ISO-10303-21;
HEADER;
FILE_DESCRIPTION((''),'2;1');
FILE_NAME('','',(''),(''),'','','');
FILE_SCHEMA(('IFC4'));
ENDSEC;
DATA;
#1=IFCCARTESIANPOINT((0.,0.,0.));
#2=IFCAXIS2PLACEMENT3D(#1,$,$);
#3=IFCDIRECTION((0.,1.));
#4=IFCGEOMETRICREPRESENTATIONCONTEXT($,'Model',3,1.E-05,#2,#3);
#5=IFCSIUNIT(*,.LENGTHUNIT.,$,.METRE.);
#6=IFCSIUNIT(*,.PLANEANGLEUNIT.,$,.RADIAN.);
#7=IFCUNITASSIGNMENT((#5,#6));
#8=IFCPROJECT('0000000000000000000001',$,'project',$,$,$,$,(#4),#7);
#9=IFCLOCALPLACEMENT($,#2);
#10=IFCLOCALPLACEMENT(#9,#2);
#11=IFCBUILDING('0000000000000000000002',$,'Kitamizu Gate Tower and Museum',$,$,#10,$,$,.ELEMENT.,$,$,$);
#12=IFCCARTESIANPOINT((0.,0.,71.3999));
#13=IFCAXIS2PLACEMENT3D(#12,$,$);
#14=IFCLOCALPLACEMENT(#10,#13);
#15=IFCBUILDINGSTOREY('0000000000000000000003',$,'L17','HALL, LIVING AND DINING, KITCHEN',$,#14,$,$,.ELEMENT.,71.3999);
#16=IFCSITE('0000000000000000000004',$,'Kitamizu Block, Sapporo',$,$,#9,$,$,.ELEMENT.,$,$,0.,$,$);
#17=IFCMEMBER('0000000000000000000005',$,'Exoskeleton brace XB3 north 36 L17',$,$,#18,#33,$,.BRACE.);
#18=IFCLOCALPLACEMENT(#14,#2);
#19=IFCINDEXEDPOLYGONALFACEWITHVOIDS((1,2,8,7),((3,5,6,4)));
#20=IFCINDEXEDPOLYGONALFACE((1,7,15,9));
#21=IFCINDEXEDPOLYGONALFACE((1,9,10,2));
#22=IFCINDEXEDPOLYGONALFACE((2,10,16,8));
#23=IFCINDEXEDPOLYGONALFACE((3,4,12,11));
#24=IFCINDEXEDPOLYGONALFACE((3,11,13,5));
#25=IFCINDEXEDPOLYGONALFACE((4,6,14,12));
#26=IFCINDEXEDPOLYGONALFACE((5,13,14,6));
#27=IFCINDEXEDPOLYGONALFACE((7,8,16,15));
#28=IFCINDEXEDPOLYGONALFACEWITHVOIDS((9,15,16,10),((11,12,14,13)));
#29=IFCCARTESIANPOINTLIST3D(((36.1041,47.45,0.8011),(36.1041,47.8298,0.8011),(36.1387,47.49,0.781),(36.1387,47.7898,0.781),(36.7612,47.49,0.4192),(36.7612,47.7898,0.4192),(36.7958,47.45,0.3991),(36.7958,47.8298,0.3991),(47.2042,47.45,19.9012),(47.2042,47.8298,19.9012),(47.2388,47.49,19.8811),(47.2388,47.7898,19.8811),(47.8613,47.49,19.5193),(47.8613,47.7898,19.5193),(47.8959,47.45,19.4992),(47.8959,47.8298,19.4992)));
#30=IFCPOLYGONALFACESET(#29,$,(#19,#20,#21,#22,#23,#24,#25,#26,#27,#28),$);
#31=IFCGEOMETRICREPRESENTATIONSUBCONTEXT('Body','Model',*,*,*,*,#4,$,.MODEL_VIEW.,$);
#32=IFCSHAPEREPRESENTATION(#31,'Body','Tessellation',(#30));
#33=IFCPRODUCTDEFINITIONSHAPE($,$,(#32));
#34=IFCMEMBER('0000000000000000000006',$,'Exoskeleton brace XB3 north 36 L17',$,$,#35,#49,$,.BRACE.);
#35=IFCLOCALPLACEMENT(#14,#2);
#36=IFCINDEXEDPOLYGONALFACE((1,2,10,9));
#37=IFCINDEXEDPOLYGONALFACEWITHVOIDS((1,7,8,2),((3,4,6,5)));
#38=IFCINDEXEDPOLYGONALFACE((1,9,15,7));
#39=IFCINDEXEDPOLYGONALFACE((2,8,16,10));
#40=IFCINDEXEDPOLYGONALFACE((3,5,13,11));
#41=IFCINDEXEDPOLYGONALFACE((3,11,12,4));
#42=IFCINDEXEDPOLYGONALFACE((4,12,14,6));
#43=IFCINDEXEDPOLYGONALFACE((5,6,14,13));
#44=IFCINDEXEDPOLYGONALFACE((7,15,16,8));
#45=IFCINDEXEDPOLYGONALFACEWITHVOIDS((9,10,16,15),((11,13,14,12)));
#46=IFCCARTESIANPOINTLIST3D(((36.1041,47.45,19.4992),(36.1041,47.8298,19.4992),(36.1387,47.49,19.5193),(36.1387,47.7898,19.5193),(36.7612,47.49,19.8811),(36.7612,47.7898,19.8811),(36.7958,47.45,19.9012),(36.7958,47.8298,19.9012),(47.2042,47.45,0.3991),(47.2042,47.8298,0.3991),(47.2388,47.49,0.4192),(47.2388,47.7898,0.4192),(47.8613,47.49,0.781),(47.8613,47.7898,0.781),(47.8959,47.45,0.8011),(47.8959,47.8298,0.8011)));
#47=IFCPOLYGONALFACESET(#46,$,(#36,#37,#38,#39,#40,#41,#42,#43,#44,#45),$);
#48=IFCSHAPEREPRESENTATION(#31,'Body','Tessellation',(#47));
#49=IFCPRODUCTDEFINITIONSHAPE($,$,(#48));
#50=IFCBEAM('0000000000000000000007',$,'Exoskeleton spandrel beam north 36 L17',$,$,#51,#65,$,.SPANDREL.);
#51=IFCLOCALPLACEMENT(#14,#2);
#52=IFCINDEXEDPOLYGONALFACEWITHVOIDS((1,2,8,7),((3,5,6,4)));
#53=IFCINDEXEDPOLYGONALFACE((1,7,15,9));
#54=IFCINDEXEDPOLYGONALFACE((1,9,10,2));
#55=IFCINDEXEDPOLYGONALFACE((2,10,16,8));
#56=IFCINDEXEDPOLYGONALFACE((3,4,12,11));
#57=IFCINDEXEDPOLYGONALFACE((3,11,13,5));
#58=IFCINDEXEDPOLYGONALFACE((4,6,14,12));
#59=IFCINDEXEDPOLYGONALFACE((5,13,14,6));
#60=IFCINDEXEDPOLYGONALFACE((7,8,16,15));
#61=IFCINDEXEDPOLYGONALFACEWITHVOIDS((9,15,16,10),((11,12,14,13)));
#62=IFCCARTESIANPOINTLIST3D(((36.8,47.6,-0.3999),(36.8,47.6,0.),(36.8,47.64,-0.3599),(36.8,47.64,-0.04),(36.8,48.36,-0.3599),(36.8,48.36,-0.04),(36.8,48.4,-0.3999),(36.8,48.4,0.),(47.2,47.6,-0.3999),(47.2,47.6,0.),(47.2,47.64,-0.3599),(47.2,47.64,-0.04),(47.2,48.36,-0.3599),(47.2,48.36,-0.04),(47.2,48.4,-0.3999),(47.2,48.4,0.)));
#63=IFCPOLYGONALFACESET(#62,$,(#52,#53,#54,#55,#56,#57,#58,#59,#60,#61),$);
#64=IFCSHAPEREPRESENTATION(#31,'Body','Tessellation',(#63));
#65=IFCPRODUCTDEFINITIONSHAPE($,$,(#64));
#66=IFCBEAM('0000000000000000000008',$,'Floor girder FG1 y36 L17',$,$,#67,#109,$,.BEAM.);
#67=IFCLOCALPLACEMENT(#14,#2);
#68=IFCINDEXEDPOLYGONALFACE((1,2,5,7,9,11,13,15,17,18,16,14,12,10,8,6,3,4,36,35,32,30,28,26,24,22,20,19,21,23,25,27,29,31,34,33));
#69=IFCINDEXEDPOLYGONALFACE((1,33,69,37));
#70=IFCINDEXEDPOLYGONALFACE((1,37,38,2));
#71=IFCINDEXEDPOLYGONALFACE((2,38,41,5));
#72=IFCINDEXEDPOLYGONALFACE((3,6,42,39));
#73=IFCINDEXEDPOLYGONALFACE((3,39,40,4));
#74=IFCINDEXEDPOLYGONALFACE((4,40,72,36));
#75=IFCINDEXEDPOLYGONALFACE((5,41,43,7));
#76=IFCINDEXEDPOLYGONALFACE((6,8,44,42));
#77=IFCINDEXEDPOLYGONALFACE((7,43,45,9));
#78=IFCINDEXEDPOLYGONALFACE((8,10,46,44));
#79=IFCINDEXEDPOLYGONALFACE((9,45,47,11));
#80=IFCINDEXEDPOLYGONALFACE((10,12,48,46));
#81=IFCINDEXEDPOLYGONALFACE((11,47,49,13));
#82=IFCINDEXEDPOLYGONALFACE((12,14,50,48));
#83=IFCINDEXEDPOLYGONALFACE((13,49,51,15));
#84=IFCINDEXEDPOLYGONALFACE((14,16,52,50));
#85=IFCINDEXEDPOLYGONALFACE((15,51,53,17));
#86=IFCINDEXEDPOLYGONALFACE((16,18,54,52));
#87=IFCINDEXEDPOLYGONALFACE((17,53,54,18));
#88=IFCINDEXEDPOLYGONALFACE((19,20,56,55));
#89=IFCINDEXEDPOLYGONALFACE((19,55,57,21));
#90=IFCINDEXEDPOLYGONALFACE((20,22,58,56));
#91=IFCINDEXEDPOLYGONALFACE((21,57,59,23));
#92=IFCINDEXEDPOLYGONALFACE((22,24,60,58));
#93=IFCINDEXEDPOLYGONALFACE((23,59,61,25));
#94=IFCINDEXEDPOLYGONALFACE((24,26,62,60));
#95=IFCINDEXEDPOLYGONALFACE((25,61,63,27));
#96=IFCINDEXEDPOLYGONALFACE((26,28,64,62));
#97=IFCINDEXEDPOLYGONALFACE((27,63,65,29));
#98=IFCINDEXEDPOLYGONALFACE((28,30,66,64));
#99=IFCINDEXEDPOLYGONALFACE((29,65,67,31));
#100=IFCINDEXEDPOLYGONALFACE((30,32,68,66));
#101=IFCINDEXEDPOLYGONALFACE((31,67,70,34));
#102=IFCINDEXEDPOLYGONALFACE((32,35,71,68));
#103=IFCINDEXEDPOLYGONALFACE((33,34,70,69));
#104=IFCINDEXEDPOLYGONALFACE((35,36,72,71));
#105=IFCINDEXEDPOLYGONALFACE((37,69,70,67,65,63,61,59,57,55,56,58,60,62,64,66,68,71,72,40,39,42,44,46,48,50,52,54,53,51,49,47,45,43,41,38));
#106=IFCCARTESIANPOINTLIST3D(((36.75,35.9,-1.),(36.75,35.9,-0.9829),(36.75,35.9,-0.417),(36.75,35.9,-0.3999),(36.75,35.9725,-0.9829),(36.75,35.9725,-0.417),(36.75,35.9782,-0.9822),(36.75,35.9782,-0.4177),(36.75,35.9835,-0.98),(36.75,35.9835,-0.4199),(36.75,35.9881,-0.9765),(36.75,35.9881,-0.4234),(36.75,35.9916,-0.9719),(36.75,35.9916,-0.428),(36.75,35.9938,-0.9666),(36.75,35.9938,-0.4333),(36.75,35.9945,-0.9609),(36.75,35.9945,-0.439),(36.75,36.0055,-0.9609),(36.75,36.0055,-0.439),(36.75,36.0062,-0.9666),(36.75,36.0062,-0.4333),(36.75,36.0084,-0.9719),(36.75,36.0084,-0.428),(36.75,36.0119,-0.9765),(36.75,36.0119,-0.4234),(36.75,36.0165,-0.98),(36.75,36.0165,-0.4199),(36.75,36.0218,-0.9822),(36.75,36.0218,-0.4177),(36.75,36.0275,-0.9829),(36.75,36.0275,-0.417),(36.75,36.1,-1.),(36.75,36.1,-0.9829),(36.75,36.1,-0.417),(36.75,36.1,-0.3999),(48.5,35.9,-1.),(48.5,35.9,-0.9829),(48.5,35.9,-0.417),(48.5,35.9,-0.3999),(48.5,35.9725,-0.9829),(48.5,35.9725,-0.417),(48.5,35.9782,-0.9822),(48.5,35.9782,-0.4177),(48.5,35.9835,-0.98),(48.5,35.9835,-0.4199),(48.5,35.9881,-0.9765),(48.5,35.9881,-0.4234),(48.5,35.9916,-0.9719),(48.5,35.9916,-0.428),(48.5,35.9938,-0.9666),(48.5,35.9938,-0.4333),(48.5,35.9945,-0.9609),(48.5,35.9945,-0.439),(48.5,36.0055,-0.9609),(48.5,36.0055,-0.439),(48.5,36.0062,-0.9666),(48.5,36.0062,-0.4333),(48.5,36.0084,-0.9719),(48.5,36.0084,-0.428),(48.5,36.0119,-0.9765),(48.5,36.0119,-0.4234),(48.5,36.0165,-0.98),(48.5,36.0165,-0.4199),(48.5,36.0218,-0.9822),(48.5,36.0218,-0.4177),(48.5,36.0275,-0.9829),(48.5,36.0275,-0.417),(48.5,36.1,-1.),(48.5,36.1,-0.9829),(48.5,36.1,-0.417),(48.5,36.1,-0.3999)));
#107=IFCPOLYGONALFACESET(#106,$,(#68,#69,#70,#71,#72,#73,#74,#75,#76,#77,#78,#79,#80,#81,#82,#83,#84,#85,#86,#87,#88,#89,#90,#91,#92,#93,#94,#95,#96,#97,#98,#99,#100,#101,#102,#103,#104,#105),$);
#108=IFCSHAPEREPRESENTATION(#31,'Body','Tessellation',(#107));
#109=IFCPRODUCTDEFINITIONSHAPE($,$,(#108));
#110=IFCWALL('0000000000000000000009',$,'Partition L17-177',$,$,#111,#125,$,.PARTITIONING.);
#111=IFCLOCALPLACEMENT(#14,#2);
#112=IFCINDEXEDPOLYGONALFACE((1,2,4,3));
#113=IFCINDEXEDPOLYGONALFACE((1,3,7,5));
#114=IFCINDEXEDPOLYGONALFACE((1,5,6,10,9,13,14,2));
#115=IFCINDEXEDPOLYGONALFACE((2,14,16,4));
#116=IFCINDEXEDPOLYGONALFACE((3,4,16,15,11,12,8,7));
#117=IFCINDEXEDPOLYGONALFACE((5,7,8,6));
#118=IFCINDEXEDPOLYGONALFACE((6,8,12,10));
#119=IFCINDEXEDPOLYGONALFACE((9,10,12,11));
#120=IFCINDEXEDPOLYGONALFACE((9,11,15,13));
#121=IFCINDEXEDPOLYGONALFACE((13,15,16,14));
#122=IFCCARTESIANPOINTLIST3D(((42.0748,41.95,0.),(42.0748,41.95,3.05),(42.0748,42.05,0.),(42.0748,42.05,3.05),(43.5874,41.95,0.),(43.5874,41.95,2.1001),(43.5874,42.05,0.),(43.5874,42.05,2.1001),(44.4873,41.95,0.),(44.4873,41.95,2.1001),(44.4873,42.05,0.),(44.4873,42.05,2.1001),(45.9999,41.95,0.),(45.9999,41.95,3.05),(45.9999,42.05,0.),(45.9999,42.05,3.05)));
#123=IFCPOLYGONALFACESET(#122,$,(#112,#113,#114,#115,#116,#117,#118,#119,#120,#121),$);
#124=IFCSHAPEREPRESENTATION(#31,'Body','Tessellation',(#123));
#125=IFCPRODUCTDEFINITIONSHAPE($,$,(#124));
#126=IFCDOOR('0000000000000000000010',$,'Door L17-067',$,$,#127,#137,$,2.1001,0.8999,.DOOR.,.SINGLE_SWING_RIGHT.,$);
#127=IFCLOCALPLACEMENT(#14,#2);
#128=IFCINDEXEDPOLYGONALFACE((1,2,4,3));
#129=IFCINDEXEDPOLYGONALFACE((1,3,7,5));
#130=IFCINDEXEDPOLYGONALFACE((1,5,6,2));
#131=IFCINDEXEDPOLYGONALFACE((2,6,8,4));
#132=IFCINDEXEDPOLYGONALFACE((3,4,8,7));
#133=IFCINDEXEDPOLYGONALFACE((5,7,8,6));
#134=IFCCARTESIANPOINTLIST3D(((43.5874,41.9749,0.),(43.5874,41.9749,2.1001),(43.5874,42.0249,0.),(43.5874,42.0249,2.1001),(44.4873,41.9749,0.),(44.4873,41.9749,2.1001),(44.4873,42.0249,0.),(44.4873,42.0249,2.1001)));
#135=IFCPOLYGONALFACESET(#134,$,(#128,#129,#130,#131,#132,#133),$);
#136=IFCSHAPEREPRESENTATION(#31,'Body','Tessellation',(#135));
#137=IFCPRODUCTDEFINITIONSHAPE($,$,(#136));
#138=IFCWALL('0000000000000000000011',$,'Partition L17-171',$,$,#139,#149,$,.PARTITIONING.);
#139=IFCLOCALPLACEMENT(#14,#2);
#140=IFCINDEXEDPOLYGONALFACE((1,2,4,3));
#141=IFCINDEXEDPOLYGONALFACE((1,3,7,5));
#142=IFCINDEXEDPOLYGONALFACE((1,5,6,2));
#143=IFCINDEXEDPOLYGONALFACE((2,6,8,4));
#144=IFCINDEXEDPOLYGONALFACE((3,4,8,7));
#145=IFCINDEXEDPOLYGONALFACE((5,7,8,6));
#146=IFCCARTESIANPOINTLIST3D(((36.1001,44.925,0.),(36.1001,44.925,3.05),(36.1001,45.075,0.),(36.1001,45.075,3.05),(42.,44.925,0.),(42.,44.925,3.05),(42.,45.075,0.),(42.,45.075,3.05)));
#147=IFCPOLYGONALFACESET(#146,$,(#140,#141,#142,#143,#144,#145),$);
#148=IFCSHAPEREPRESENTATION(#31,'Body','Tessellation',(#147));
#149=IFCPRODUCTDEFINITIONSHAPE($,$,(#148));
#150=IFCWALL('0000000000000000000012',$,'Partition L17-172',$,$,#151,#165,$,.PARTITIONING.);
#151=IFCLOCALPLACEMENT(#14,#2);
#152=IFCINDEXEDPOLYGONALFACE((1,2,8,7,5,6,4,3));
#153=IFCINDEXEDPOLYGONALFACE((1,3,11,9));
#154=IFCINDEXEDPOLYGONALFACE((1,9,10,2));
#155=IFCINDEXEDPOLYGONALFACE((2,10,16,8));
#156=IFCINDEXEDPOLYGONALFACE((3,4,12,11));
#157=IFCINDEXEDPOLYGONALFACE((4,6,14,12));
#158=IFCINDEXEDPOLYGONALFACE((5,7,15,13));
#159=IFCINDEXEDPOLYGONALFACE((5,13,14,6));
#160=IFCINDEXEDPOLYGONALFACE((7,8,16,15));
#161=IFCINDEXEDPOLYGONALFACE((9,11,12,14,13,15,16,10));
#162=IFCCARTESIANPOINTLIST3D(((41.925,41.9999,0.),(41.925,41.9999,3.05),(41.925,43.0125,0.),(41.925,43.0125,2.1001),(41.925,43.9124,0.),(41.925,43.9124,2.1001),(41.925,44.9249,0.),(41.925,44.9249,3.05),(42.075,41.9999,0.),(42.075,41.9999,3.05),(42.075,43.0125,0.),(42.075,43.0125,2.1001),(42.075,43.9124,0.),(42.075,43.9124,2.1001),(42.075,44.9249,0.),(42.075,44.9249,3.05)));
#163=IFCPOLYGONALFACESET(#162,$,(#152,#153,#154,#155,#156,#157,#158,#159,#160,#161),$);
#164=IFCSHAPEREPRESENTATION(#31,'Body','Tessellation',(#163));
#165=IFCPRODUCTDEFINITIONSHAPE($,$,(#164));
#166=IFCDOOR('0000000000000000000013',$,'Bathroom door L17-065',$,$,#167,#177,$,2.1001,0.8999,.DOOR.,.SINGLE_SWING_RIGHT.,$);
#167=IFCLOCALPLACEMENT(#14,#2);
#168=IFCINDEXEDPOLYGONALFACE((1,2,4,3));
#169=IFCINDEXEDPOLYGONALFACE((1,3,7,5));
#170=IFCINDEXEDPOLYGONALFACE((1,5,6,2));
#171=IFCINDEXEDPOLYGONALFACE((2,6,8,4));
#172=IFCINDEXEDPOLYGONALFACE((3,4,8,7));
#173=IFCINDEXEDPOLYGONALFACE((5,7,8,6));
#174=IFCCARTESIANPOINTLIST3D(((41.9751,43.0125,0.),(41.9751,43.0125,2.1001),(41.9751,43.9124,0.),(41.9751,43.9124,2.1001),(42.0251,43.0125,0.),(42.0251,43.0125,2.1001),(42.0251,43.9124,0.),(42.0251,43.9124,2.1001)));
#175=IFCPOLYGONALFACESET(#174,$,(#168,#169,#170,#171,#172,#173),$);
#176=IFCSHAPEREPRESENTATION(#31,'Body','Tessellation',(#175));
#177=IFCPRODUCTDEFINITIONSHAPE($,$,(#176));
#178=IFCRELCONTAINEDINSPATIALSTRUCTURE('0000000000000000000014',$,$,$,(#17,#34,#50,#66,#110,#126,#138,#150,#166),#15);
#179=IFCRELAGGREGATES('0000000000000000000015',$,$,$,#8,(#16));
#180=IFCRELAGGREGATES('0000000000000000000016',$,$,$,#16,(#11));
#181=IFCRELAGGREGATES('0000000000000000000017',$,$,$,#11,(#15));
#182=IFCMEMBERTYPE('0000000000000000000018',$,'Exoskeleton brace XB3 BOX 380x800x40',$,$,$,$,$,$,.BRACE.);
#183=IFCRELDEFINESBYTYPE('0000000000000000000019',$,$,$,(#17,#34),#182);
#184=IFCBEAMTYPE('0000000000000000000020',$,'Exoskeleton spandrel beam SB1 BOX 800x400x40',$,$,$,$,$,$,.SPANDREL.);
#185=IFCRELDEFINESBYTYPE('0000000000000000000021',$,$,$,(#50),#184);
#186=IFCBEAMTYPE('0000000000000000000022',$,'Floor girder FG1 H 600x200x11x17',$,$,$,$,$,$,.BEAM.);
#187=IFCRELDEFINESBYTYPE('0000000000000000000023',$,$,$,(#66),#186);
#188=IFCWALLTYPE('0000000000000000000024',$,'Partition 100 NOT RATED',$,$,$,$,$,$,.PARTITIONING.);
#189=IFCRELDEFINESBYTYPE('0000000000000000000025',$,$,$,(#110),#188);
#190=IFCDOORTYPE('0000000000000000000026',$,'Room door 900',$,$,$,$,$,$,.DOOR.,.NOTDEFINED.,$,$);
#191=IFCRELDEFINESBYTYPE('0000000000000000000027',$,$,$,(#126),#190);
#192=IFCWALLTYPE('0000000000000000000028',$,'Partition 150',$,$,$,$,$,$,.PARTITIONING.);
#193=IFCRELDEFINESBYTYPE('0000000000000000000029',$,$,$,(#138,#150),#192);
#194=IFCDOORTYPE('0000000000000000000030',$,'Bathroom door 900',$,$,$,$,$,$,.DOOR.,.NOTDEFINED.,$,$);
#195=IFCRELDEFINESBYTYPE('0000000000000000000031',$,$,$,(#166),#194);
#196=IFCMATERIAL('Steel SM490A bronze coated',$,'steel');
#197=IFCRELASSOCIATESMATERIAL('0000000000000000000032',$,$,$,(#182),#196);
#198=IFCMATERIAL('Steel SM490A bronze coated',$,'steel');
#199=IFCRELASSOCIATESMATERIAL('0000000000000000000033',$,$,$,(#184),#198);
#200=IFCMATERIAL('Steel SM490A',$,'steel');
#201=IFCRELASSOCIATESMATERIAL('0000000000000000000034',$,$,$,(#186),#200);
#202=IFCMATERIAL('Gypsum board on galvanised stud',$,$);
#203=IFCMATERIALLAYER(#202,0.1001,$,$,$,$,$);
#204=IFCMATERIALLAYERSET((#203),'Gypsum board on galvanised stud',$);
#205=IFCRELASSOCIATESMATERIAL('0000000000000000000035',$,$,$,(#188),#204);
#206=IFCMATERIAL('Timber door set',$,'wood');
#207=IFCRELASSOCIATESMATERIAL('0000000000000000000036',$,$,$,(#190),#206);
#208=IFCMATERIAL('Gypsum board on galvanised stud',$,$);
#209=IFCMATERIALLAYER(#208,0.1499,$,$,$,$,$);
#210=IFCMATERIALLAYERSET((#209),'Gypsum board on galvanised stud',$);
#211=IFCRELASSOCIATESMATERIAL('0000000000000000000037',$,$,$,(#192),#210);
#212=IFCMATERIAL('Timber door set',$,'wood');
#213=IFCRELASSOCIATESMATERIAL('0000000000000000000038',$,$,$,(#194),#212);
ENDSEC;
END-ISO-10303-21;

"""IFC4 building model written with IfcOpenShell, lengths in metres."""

from ifc_helpers import new_model, si_unit, direction, frame, frame_2d, origin, origin_2d, place, context, subcontext, project, spatial, rectangle, hollow_rectangle, i_section, extrude, material, layer, layer_set, material_profile, profile_set, type_object, element, fill, save


model = new_model("IFC4")

# Units and contexts
model_context = context("Model", 3, precision=1e-05, world=origin(), true_north=direction((0.0, 1.0)))
body_context = subcontext(model_context, "Body", "Model", "MODEL_VIEW")
ifc_project = project(units=[si_unit("LENGTHUNIT", "METRE"), si_unit("PLANEANGLEUNIT", "RADIAN")], contexts=[model_context])

# Site, building, storey
site_placement = place(None, origin())
site = spatial("IfcSite", under=ifc_project, at=site_placement, Name="Kitamizu Block, Sapporo", CompositionType="ELEMENT", RefElevation=0.0)
building_placement = place(site_placement, origin())
building = spatial("IfcBuilding", under=site, at=building_placement, Name="Kitamizu Gate Tower and Museum", CompositionType="ELEMENT")
storey_placement = place(building_placement, frame((0.0, 0.0, 71.3999)))
storey = spatial("IfcBuildingStorey", under=building, at=storey_placement, Name="L17", Description="HALL, LIVING AND DINING, KITCHEN", CompositionType="ELEMENT", Elevation=71.3999)

# Members
ifc_material_1 = material(Name="Steel SM490A bronze coated", Category="steel")
ifc_material_profile_1 = material_profile(ifc_material_1, hollow_rectangle(XDim=0.3799, YDim=0.8, WallThickness=0.04, at=origin_2d()), Name="BOX 380x800x40")
ifc_profile_set_1 = profile_set([ifc_material_profile_1], Name="Steel SM490A bronze coated")
member_type = type_object("IfcMemberType", Name="Exoskeleton brace XB3 BOX 380x800x40", PredefinedType="BRACE", material=ifc_profile_set_1)
for number, where, z_axis, x_axis, name in (
    (1, (36.45, 47.6399, 0.6001), (0.502464, 0.0, 0.864598), (0.0, 1.0, 0.0), "Exoskeleton brace XB3 north 36 L17"),
    (2, (47.55, 47.6399, 0.6001), (-0.502464, 0.0, 0.864598), (0.0, -1.0, 0.0), "Exoskeleton brace XB3 north 36 L17"),
):
    element("IfcMember", number, at=place(storey_placement, frame(where, z_axis=z_axis, x_axis=x_axis)), inside=storey, type_object=member_type, Name=name, PredefinedType="BRACE", context=body_context, shape_type="SweptSolid", body=[
        extrude(hollow_rectangle(XDim=0.3799, YDim=0.8, WallThickness=0.04, at=origin_2d()), origin(), (0.0, 0.0, 1.0), 22.0913),
    ])

# Beams
ifc_material_2 = material(Name="Steel SM490A bronze coated", Category="steel")
ifc_material_profile_2 = material_profile(ifc_material_2, hollow_rectangle(XDim=0.8, YDim=0.3999, WallThickness=0.04, at=origin_2d()), Name="BOX 800x400x40")
ifc_profile_set_2 = profile_set([ifc_material_profile_2], Name="Steel SM490A bronze coated")
beam_type_1 = type_object("IfcBeamType", Name="Exoskeleton spandrel beam SB1 BOX 800x400x40", PredefinedType="SPANDREL", material=ifc_profile_set_2)
beam_1_placement = place(storey_placement, frame((36.8, 48.0, -0.2), z_axis=(1.0, 0.0, 0.0), x_axis=(0.0, 1.0, 0.0)))
element("IfcBeam", 3, at=beam_1_placement, inside=storey, type_object=beam_type_1, Name="Exoskeleton spandrel beam north 36 L17", PredefinedType="SPANDREL", context=body_context, shape_type="SweptSolid", body=[
    extrude(hollow_rectangle(XDim=0.8, YDim=0.3999, WallThickness=0.04, at=origin_2d()), origin(), (0.0, 0.0, 1.0), 10.3999),
])
ifc_material_3 = material(Name="Steel SM490A", Category="steel")
ifc_material_profile_3 = material_profile(ifc_material_3, i_section(OverallWidth=0.2, OverallDepth=0.6001, WebThickness=0.011, FlangeThickness=0.0171, FilletRadius=0.022, at=origin_2d()), Name="H-600x200x11x17")
ifc_profile_set_3 = profile_set([ifc_material_profile_3], Name="Steel SM490A")
beam_type_2 = type_object("IfcBeamType", Name="Floor girder FG1 H 600x200x11x17", PredefinedType="BEAM", material=ifc_profile_set_3)
beam_2_placement = place(storey_placement, frame((36.75, 36.0, -0.7), z_axis=(1.0, 0.0, 0.0), x_axis=(0.0, 1.0, 0.0)))
element("IfcBeam", 4, at=beam_2_placement, inside=storey, type_object=beam_type_2, Name="Floor girder FG1 y36 L17", PredefinedType="BEAM", context=body_context, shape_type="SweptSolid", body=[
    extrude(i_section(OverallWidth=0.2, OverallDepth=0.6001, WebThickness=0.011, FlangeThickness=0.0171, FilletRadius=0.022, at=origin_2d()), origin(), (0.0, 0.0, 1.0), 11.75),
])

# Wall, opening, door
ifc_material_4 = material(Name="Gypsum board on galvanised stud")
ifc_layer_1 = layer(ifc_material_4, 0.1001)
ifc_layer_set_1 = layer_set([ifc_layer_1], Name="Gypsum board on galvanised stud")
wall_type_1 = type_object("IfcWallType", Name="Partition 100 NOT RATED", PredefinedType="PARTITIONING", material=ifc_layer_set_1)
wall_1_placement = place(storey_placement, frame((42.075, 42.0, 0.0), z_axis=(0.0, 0.0, 1.0), x_axis=(1.0, 0.0, 0.0)))
wall_1 = element("IfcWall", 5, at=wall_1_placement, inside=storey, type_object=wall_type_1, Name="Partition L17-177", PredefinedType="PARTITIONING", context=body_context, shape_type="SweptSolid", body=[
    extrude(rectangle(XDim=3.925, YDim=0.1001, at=frame_2d((1.9624, 0.0))), origin(), (0.0, 0.0, 1.0), 3.05),
])
opening_1_placement = place(wall_1_placement, frame((1.5125, 0.0, 0.0)))
opening_1 = element("IfcOpeningElement", 6, at=opening_1_placement, cuts=wall_1, PredefinedType="OPENING", context=body_context, shape_type="SweptSolid", body=[
    extrude(rectangle(XDim=0.8999, YDim=2.1001, at=frame_2d((0.45, 1.05))), frame((0.0, 0.0601, 0.0), z_axis=(0.0, -1.0, 0.0), x_axis=(1.0, 0.0, 0.0)), (0.0, 0.0, 1.0), 0.1201),
])
ifc_material_5 = material(Name="Timber door set", Category="wood")
door_type_1 = type_object("IfcDoorType", Name="Room door 900", OperationType="NOTDEFINED", PredefinedType="DOOR", material=ifc_material_5)
door_1_placement = place(opening_1_placement, origin())
door_1 = element("IfcDoor", 7, at=door_1_placement, inside=storey, type_object=door_type_1, Name="Door L17-067", OperationType="SINGLE_SWING_RIGHT", OverallHeight=2.1001, OverallWidth=0.8999, PredefinedType="DOOR", context=body_context, shape_type="SweptSolid", body=[
    extrude(rectangle(XDim=0.8999, YDim=2.1001, at=frame_2d((0.45, 1.05))), frame((0.0, 0.0249, 0.0), z_axis=(0.0, -1.0, 0.0), x_axis=(1.0, 0.0, 0.0)), (0.0, 0.0, 1.0), 0.05),
])
fill(opening_1, door_1)

# Wall
ifc_material_6 = material(Name="Gypsum board on galvanised stud")
ifc_layer_2 = layer(ifc_material_6, 0.1499)
ifc_layer_set_2 = layer_set([ifc_layer_2], Name="Gypsum board on galvanised stud")
wall_type_2 = type_object("IfcWallType", Name="Partition 150", PredefinedType="PARTITIONING", material=ifc_layer_set_2)
wall_2_placement = place(storey_placement, frame((42.0, 45.0, 0.0), z_axis=(0.0, 0.0, 1.0), x_axis=(-1.0, 0.0, 0.0)))
element("IfcWall", 8, at=wall_2_placement, inside=storey, type_object=wall_type_2, Name="Partition L17-171", PredefinedType="PARTITIONING", context=body_context, shape_type="SweptSolid", body=[
    extrude(rectangle(XDim=5.8999, YDim=0.1499, at=frame_2d((2.95, 0.0))), origin(), (0.0, 0.0, 1.0), 3.05),
])

# Wall, opening, door
wall_3_placement = place(storey_placement, frame((42.0, 42.0, 0.0), z_axis=(0.0, 0.0, 1.0), x_axis=(0.0, 1.0, 0.0)))
wall_3 = element("IfcWall", 9, at=wall_3_placement, inside=storey, type_object=wall_type_2, Name="Partition L17-172", PredefinedType="PARTITIONING", context=body_context, shape_type="SweptSolid", body=[
    extrude(rectangle(XDim=2.925, YDim=0.1499, at=frame_2d((1.4624, 0.0))), origin(), (0.0, 0.0, 1.0), 3.05),
])
opening_2_placement = place(wall_3_placement, frame((1.0125, 0.0, 0.0)))
opening_2 = element("IfcOpeningElement", 10, at=opening_2_placement, cuts=wall_3, PredefinedType="OPENING", context=body_context, shape_type="SweptSolid", body=[
    extrude(rectangle(XDim=0.8999, YDim=2.1001, at=frame_2d((0.45, 1.05))), frame((0.0, 0.085, 0.0), z_axis=(0.0, -1.0, 0.0), x_axis=(1.0, 0.0, 0.0)), (0.0, 0.0, 1.0), 0.1699),
])
ifc_material_7 = material(Name="Timber door set", Category="wood")
door_type_2 = type_object("IfcDoorType", Name="Bathroom door 900", OperationType="NOTDEFINED", PredefinedType="DOOR", material=ifc_material_7)
door_2_placement = place(opening_2_placement, origin())
door_2 = element("IfcDoor", 11, at=door_2_placement, inside=storey, type_object=door_type_2, Name="Bathroom door L17-065", OperationType="SINGLE_SWING_RIGHT", OverallHeight=2.1001, OverallWidth=0.8999, PredefinedType="DOOR", context=body_context, shape_type="SweptSolid", body=[
    extrude(rectangle(XDim=0.8999, YDim=2.1001, at=frame_2d((0.45, 1.05))), frame((0.0, 0.0249, 0.0), z_axis=(0.0, -1.0, 0.0), x_axis=(1.0, 0.0, 0.0)), (0.0, 0.0, 1.0), 0.05),
])
fill(opening_2, door_2)

save(model, "model.ifc")
